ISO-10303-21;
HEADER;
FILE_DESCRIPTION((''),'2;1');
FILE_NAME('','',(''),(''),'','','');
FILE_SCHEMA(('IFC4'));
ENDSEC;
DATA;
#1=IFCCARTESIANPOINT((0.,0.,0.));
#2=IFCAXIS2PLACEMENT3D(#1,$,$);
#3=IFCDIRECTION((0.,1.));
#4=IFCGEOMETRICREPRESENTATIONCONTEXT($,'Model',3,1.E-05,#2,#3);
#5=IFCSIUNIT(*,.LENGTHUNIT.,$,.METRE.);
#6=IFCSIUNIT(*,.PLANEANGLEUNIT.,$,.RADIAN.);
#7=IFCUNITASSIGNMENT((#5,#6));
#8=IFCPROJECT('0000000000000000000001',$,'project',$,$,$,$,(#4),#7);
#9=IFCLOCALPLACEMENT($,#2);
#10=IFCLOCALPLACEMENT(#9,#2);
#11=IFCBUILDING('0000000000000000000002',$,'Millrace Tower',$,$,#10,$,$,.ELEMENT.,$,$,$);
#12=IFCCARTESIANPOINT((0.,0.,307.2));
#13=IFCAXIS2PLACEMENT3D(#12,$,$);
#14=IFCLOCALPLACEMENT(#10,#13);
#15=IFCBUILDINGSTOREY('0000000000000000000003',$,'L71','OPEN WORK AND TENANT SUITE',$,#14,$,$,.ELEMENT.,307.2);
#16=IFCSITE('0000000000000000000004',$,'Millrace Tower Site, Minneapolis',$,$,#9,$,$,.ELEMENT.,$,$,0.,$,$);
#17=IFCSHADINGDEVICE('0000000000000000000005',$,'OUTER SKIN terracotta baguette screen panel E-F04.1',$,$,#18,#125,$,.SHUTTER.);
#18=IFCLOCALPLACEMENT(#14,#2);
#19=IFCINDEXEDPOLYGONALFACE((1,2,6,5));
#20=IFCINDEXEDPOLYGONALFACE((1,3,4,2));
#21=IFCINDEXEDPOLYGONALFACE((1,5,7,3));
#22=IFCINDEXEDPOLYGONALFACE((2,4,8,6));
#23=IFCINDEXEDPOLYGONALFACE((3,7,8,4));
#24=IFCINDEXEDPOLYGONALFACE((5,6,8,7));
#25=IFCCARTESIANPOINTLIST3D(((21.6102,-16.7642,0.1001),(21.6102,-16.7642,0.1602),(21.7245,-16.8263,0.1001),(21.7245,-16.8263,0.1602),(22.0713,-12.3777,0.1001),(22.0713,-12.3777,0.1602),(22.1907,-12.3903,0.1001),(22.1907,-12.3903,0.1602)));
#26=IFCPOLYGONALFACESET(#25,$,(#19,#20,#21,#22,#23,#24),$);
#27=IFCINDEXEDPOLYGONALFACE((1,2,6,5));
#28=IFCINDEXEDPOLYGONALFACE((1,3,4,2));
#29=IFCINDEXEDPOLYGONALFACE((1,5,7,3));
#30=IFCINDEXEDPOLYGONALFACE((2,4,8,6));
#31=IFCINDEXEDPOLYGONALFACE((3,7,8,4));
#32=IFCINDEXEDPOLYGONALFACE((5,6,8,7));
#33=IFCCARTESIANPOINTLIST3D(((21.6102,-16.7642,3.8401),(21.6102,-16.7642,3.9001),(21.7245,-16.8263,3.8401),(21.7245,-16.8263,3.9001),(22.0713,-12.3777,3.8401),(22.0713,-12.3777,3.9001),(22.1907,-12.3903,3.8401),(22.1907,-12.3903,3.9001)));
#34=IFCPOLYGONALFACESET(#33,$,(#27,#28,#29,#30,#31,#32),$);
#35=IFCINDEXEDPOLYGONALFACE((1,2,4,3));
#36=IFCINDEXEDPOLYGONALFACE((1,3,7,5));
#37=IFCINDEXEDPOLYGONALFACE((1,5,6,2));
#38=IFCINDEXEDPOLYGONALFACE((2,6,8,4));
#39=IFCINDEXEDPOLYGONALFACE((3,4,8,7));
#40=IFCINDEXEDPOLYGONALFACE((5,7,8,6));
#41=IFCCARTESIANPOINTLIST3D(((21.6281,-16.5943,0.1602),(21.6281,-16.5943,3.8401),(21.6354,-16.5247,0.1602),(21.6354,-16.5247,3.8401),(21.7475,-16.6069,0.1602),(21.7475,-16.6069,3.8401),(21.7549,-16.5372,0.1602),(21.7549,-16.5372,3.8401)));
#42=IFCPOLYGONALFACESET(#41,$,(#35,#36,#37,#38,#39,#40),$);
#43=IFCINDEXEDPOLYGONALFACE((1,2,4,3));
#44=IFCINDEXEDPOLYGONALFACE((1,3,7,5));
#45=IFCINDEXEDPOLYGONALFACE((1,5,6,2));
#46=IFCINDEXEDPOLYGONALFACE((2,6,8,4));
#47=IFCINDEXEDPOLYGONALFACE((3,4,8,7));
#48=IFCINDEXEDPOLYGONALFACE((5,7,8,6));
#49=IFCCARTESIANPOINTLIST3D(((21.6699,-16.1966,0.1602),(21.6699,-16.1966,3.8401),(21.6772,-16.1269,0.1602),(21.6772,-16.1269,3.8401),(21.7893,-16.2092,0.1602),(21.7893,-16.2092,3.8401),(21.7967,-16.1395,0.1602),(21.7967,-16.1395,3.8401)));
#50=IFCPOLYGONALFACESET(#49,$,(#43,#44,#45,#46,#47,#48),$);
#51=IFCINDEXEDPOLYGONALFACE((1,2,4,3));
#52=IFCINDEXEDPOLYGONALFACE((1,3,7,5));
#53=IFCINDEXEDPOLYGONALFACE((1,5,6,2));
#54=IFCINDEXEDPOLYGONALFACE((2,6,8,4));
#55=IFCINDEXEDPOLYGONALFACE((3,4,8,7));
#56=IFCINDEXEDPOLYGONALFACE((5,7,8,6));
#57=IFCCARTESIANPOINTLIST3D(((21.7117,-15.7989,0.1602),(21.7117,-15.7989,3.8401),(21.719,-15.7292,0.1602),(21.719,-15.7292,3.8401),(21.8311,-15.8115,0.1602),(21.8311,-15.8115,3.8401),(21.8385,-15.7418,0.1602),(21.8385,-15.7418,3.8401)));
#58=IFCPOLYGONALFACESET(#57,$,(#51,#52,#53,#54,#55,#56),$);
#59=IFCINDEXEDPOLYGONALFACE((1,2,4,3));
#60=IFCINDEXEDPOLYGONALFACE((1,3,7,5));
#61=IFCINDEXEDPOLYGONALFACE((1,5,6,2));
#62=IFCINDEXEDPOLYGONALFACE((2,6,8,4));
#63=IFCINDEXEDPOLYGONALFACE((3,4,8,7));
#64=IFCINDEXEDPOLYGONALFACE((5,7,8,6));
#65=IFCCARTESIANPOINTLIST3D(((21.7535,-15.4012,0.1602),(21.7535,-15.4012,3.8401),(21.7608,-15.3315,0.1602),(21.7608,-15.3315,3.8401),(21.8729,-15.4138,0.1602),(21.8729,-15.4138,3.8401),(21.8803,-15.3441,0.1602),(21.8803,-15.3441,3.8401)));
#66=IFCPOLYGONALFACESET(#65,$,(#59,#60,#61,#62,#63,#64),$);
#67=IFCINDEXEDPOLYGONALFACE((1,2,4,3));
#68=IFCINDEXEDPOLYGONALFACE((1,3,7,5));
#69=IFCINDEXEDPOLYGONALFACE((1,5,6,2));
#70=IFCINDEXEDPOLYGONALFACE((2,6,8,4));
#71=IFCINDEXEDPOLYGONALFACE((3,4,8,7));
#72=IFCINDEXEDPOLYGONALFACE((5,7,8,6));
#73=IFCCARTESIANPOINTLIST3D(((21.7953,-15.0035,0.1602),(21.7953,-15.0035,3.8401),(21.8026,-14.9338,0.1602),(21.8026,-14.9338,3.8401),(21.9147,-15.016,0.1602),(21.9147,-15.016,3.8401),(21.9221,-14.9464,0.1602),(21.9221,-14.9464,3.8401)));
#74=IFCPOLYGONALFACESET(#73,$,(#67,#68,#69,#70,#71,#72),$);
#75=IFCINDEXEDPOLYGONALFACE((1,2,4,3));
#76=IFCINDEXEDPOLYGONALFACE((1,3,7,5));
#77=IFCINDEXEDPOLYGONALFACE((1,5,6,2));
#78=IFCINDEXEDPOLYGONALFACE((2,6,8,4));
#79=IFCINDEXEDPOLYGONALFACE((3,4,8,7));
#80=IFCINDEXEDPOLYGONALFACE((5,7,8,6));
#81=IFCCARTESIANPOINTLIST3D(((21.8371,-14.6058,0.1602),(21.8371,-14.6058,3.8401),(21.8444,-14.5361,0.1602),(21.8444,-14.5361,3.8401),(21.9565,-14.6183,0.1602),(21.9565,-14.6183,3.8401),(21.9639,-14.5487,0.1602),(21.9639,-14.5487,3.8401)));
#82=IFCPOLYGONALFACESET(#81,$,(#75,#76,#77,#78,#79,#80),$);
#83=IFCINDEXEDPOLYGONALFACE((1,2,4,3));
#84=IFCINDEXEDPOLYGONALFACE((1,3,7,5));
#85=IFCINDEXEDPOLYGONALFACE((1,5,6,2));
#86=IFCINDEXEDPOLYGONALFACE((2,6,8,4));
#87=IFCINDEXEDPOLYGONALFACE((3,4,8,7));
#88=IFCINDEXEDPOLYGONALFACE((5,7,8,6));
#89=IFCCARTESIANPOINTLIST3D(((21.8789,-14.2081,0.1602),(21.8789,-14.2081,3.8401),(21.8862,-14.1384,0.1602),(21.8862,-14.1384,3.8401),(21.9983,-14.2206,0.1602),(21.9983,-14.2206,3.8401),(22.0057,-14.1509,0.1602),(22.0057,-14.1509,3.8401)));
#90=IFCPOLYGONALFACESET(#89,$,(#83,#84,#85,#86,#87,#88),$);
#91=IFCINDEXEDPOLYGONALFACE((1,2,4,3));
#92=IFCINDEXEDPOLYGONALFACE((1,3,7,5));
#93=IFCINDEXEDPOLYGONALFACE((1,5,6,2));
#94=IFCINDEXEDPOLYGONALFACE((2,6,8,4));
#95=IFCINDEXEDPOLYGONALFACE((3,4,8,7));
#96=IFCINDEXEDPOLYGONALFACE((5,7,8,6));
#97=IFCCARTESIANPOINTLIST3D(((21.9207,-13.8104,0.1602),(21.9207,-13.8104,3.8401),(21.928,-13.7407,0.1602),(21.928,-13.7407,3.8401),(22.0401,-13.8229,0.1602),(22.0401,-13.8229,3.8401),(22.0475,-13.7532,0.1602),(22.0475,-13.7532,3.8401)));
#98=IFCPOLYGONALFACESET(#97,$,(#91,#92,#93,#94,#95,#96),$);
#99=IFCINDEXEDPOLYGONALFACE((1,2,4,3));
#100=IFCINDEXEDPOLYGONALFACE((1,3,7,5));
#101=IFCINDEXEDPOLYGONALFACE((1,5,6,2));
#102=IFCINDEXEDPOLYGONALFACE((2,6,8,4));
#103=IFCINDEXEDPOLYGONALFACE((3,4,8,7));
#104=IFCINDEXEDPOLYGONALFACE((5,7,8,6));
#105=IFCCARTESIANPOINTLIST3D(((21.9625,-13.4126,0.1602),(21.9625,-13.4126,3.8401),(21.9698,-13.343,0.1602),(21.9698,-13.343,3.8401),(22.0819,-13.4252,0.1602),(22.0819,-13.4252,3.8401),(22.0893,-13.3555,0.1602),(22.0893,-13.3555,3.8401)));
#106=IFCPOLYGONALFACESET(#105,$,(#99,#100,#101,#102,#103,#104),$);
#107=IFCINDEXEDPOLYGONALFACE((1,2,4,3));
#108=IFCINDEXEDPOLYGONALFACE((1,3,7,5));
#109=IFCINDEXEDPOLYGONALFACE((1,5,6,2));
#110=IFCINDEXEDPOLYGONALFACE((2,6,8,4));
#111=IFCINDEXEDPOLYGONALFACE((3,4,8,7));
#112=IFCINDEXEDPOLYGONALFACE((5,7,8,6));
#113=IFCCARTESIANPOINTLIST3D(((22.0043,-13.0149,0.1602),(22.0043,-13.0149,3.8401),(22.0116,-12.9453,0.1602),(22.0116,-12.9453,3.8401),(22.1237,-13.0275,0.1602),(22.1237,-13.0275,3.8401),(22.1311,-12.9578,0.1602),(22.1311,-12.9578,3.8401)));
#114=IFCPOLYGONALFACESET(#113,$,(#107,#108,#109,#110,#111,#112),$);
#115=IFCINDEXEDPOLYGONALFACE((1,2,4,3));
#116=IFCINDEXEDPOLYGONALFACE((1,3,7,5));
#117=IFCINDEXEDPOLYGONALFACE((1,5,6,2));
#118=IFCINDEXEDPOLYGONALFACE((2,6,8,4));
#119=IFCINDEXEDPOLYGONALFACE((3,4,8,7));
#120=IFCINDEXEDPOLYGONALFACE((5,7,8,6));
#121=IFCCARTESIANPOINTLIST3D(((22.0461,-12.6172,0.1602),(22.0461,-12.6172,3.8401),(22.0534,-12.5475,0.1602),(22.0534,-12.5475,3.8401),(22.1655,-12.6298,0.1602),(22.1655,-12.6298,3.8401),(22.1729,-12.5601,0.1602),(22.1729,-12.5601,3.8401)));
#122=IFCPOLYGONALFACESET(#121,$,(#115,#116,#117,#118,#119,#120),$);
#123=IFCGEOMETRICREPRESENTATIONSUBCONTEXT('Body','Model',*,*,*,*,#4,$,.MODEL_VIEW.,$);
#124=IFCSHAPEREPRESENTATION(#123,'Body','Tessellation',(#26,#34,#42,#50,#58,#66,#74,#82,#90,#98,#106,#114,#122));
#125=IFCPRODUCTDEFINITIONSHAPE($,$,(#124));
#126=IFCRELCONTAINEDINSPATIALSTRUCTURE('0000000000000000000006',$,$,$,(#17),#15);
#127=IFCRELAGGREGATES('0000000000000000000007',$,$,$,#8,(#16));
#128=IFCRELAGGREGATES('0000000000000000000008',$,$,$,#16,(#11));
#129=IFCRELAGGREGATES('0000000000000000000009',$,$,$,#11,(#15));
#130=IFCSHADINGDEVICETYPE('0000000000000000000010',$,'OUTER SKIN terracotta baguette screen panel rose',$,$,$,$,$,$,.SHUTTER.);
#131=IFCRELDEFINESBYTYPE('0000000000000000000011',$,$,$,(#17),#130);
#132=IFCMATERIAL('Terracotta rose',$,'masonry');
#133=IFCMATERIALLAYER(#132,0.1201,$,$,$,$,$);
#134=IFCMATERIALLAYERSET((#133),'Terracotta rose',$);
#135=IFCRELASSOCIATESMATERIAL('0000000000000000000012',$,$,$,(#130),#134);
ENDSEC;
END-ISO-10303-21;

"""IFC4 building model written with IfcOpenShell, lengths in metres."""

from ifc_helpers import new_model, entity, si_unit, direction, frame, frame_2d, origin, place, context, subcontext, project, spatial, rectangle, extrude, source, transform, mapped, material, layer, layer_set, type_object, element, save


model = new_model("IFC4")

# Units and contexts
model_context = context("Model", 3, precision=1e-05, world=origin(), true_north=direction((0.0, 1.0)))
body_context = subcontext(model_context, "Body", "Model", "MODEL_VIEW")
ifc_project = project(units=[si_unit("LENGTHUNIT", "METRE"), si_unit("PLANEANGLEUNIT", "RADIAN")], contexts=[model_context])

# Site, building, storey
site_placement = place(None, origin())
site = spatial("IfcSite", under=ifc_project, at=site_placement, Name="Millrace Tower Site, Minneapolis", CompositionType="ELEMENT", RefElevation=0.0)
building_placement = place(site_placement, origin())
building = spatial("IfcBuilding", under=site, at=building_placement, Name="Millrace Tower", CompositionType="ELEMENT")
storey_placement = place(building_placement, frame((0.0, 0.0, 307.2)))
storey = spatial("IfcBuildingStorey", under=building, at=storey_placement, Name="L71", Description="OPEN WORK AND TENANT SUITE", CompositionType="ELEMENT", Elevation=307.2)

# Shading device
ifc_material_1 = material(Name="Terracotta rose", Category="masonry")
ifc_layer_1 = layer(ifc_material_1, 0.1201)
ifc_layer_set_1 = layer_set([ifc_layer_1], Name="Terracotta rose")
shading_device_type = type_object("IfcShadingDeviceType", Name="OUTER SKIN terracotta baguette screen panel rose", PredefinedType="SHUTTER", material=ifc_layer_set_1)
cartesian_point_1 = entity("IfcCartesianPoint", [-2.1929, 0.0601])
shared_polyline_1 = entity("IfcPolyline", [cartesian_point_1, entity("IfcCartesianPoint", [2.2178, 0.0601]), entity("IfcCartesianPoint", [2.2178, -0.0601]), entity("IfcCartesianPoint", [-2.2427, -0.0601]), cartesian_point_1])
shared_shape_1 = source(origin(), body_context, "Body", "SweptSolid", [
    entity("IfcExtrudedAreaSolid", entity("IfcArbitraryClosedProfileDef", "AREA", None, shared_polyline_1), entity("IfcAxis2Placement3D", entity("IfcCartesianPoint", [0.0, 0.0, 0.0])), entity("IfcDirection", [0.0, 0.0, 1.0]), 0.0601),
    entity("IfcExtrudedAreaSolid", entity("IfcArbitraryClosedProfileDef", "AREA", None, shared_polyline_1), entity("IfcAxis2Placement3D", entity("IfcCartesianPoint", [0.0, 0.0, 3.74])), entity("IfcDirection", [0.0, 0.0, 1.0]), 0.0601),
    extrude(rectangle(XDim=0.0701, YDim=0.1201, at=frame_2d((-1.9871, 0.0))), frame((0.0, 0.0, 0.0601)), (0.0, 0.0, 1.0), 3.6799),
    extrude(rectangle(XDim=0.0701, YDim=0.1201, at=frame_2d((-1.5872, 0.0))), frame((0.0, 0.0, 0.0601)), (0.0, 0.0, 1.0), 3.6799),
    extrude(rectangle(XDim=0.0701, YDim=0.1201, at=frame_2d((-1.1873, 0.0))), frame((0.0, 0.0, 0.0601)), (0.0, 0.0, 1.0), 3.6799),
    extrude(rectangle(XDim=0.0701, YDim=0.1201, at=frame_2d((-0.7874, 0.0))), frame((0.0, 0.0, 0.0601)), (0.0, 0.0, 1.0), 3.6799),
    extrude(rectangle(XDim=0.0701, YDim=0.1201, at=frame_2d((-0.3875, 0.0))), frame((0.0, 0.0, 0.0601)), (0.0, 0.0, 1.0), 3.6799),
    extrude(rectangle(XDim=0.0701, YDim=0.1201, at=frame_2d((0.0125, 0.0))), frame((0.0, 0.0, 0.0601)), (0.0, 0.0, 1.0), 3.6799),
    extrude(rectangle(XDim=0.0701, YDim=0.1201, at=frame_2d((0.4124, 0.0))), frame((0.0, 0.0, 0.0601)), (0.0, 0.0, 1.0), 3.6799),
    extrude(rectangle(XDim=0.0701, YDim=0.1201, at=frame_2d((0.8123, 0.0))), frame((0.0, 0.0, 0.0601)), (0.0, 0.0, 1.0), 3.6799),
    extrude(rectangle(XDim=0.0701, YDim=0.1201, at=frame_2d((1.2122, 0.0))), frame((0.0, 0.0, 0.0601)), (0.0, 0.0, 1.0), 3.6799),
    extrude(rectangle(XDim=0.0701, YDim=0.1201, at=frame_2d((1.6121, 0.0))), frame((0.0, 0.0, 0.0601)), (0.0, 0.0, 1.0), 3.6799),
    extrude(rectangle(XDim=0.0701, YDim=0.1201, at=frame_2d((2.012, 0.0))), frame((0.0, 0.0, 0.0601)), (0.0, 0.0, 1.0), 3.6799),
])
shading_device_1_placement = place(storey_placement, frame((21.8992, -14.5896, 0.1001), z_axis=(0.0, 0.0, 1.0), x_axis=(0.104528, 0.994522, 0.0)))
element("IfcShadingDevice", 1, at=shading_device_1_placement, inside=storey, type_object=shading_device_type, Name="OUTER SKIN terracotta baguette screen panel E-F04.1", PredefinedType="SHUTTER", context=body_context, shape_type="MappedRepresentation", body=[
    mapped(shared_shape_1, transform((0.0, 0.0, 0.0), scale=1.0)),
])

save(model, "model.ifc")
